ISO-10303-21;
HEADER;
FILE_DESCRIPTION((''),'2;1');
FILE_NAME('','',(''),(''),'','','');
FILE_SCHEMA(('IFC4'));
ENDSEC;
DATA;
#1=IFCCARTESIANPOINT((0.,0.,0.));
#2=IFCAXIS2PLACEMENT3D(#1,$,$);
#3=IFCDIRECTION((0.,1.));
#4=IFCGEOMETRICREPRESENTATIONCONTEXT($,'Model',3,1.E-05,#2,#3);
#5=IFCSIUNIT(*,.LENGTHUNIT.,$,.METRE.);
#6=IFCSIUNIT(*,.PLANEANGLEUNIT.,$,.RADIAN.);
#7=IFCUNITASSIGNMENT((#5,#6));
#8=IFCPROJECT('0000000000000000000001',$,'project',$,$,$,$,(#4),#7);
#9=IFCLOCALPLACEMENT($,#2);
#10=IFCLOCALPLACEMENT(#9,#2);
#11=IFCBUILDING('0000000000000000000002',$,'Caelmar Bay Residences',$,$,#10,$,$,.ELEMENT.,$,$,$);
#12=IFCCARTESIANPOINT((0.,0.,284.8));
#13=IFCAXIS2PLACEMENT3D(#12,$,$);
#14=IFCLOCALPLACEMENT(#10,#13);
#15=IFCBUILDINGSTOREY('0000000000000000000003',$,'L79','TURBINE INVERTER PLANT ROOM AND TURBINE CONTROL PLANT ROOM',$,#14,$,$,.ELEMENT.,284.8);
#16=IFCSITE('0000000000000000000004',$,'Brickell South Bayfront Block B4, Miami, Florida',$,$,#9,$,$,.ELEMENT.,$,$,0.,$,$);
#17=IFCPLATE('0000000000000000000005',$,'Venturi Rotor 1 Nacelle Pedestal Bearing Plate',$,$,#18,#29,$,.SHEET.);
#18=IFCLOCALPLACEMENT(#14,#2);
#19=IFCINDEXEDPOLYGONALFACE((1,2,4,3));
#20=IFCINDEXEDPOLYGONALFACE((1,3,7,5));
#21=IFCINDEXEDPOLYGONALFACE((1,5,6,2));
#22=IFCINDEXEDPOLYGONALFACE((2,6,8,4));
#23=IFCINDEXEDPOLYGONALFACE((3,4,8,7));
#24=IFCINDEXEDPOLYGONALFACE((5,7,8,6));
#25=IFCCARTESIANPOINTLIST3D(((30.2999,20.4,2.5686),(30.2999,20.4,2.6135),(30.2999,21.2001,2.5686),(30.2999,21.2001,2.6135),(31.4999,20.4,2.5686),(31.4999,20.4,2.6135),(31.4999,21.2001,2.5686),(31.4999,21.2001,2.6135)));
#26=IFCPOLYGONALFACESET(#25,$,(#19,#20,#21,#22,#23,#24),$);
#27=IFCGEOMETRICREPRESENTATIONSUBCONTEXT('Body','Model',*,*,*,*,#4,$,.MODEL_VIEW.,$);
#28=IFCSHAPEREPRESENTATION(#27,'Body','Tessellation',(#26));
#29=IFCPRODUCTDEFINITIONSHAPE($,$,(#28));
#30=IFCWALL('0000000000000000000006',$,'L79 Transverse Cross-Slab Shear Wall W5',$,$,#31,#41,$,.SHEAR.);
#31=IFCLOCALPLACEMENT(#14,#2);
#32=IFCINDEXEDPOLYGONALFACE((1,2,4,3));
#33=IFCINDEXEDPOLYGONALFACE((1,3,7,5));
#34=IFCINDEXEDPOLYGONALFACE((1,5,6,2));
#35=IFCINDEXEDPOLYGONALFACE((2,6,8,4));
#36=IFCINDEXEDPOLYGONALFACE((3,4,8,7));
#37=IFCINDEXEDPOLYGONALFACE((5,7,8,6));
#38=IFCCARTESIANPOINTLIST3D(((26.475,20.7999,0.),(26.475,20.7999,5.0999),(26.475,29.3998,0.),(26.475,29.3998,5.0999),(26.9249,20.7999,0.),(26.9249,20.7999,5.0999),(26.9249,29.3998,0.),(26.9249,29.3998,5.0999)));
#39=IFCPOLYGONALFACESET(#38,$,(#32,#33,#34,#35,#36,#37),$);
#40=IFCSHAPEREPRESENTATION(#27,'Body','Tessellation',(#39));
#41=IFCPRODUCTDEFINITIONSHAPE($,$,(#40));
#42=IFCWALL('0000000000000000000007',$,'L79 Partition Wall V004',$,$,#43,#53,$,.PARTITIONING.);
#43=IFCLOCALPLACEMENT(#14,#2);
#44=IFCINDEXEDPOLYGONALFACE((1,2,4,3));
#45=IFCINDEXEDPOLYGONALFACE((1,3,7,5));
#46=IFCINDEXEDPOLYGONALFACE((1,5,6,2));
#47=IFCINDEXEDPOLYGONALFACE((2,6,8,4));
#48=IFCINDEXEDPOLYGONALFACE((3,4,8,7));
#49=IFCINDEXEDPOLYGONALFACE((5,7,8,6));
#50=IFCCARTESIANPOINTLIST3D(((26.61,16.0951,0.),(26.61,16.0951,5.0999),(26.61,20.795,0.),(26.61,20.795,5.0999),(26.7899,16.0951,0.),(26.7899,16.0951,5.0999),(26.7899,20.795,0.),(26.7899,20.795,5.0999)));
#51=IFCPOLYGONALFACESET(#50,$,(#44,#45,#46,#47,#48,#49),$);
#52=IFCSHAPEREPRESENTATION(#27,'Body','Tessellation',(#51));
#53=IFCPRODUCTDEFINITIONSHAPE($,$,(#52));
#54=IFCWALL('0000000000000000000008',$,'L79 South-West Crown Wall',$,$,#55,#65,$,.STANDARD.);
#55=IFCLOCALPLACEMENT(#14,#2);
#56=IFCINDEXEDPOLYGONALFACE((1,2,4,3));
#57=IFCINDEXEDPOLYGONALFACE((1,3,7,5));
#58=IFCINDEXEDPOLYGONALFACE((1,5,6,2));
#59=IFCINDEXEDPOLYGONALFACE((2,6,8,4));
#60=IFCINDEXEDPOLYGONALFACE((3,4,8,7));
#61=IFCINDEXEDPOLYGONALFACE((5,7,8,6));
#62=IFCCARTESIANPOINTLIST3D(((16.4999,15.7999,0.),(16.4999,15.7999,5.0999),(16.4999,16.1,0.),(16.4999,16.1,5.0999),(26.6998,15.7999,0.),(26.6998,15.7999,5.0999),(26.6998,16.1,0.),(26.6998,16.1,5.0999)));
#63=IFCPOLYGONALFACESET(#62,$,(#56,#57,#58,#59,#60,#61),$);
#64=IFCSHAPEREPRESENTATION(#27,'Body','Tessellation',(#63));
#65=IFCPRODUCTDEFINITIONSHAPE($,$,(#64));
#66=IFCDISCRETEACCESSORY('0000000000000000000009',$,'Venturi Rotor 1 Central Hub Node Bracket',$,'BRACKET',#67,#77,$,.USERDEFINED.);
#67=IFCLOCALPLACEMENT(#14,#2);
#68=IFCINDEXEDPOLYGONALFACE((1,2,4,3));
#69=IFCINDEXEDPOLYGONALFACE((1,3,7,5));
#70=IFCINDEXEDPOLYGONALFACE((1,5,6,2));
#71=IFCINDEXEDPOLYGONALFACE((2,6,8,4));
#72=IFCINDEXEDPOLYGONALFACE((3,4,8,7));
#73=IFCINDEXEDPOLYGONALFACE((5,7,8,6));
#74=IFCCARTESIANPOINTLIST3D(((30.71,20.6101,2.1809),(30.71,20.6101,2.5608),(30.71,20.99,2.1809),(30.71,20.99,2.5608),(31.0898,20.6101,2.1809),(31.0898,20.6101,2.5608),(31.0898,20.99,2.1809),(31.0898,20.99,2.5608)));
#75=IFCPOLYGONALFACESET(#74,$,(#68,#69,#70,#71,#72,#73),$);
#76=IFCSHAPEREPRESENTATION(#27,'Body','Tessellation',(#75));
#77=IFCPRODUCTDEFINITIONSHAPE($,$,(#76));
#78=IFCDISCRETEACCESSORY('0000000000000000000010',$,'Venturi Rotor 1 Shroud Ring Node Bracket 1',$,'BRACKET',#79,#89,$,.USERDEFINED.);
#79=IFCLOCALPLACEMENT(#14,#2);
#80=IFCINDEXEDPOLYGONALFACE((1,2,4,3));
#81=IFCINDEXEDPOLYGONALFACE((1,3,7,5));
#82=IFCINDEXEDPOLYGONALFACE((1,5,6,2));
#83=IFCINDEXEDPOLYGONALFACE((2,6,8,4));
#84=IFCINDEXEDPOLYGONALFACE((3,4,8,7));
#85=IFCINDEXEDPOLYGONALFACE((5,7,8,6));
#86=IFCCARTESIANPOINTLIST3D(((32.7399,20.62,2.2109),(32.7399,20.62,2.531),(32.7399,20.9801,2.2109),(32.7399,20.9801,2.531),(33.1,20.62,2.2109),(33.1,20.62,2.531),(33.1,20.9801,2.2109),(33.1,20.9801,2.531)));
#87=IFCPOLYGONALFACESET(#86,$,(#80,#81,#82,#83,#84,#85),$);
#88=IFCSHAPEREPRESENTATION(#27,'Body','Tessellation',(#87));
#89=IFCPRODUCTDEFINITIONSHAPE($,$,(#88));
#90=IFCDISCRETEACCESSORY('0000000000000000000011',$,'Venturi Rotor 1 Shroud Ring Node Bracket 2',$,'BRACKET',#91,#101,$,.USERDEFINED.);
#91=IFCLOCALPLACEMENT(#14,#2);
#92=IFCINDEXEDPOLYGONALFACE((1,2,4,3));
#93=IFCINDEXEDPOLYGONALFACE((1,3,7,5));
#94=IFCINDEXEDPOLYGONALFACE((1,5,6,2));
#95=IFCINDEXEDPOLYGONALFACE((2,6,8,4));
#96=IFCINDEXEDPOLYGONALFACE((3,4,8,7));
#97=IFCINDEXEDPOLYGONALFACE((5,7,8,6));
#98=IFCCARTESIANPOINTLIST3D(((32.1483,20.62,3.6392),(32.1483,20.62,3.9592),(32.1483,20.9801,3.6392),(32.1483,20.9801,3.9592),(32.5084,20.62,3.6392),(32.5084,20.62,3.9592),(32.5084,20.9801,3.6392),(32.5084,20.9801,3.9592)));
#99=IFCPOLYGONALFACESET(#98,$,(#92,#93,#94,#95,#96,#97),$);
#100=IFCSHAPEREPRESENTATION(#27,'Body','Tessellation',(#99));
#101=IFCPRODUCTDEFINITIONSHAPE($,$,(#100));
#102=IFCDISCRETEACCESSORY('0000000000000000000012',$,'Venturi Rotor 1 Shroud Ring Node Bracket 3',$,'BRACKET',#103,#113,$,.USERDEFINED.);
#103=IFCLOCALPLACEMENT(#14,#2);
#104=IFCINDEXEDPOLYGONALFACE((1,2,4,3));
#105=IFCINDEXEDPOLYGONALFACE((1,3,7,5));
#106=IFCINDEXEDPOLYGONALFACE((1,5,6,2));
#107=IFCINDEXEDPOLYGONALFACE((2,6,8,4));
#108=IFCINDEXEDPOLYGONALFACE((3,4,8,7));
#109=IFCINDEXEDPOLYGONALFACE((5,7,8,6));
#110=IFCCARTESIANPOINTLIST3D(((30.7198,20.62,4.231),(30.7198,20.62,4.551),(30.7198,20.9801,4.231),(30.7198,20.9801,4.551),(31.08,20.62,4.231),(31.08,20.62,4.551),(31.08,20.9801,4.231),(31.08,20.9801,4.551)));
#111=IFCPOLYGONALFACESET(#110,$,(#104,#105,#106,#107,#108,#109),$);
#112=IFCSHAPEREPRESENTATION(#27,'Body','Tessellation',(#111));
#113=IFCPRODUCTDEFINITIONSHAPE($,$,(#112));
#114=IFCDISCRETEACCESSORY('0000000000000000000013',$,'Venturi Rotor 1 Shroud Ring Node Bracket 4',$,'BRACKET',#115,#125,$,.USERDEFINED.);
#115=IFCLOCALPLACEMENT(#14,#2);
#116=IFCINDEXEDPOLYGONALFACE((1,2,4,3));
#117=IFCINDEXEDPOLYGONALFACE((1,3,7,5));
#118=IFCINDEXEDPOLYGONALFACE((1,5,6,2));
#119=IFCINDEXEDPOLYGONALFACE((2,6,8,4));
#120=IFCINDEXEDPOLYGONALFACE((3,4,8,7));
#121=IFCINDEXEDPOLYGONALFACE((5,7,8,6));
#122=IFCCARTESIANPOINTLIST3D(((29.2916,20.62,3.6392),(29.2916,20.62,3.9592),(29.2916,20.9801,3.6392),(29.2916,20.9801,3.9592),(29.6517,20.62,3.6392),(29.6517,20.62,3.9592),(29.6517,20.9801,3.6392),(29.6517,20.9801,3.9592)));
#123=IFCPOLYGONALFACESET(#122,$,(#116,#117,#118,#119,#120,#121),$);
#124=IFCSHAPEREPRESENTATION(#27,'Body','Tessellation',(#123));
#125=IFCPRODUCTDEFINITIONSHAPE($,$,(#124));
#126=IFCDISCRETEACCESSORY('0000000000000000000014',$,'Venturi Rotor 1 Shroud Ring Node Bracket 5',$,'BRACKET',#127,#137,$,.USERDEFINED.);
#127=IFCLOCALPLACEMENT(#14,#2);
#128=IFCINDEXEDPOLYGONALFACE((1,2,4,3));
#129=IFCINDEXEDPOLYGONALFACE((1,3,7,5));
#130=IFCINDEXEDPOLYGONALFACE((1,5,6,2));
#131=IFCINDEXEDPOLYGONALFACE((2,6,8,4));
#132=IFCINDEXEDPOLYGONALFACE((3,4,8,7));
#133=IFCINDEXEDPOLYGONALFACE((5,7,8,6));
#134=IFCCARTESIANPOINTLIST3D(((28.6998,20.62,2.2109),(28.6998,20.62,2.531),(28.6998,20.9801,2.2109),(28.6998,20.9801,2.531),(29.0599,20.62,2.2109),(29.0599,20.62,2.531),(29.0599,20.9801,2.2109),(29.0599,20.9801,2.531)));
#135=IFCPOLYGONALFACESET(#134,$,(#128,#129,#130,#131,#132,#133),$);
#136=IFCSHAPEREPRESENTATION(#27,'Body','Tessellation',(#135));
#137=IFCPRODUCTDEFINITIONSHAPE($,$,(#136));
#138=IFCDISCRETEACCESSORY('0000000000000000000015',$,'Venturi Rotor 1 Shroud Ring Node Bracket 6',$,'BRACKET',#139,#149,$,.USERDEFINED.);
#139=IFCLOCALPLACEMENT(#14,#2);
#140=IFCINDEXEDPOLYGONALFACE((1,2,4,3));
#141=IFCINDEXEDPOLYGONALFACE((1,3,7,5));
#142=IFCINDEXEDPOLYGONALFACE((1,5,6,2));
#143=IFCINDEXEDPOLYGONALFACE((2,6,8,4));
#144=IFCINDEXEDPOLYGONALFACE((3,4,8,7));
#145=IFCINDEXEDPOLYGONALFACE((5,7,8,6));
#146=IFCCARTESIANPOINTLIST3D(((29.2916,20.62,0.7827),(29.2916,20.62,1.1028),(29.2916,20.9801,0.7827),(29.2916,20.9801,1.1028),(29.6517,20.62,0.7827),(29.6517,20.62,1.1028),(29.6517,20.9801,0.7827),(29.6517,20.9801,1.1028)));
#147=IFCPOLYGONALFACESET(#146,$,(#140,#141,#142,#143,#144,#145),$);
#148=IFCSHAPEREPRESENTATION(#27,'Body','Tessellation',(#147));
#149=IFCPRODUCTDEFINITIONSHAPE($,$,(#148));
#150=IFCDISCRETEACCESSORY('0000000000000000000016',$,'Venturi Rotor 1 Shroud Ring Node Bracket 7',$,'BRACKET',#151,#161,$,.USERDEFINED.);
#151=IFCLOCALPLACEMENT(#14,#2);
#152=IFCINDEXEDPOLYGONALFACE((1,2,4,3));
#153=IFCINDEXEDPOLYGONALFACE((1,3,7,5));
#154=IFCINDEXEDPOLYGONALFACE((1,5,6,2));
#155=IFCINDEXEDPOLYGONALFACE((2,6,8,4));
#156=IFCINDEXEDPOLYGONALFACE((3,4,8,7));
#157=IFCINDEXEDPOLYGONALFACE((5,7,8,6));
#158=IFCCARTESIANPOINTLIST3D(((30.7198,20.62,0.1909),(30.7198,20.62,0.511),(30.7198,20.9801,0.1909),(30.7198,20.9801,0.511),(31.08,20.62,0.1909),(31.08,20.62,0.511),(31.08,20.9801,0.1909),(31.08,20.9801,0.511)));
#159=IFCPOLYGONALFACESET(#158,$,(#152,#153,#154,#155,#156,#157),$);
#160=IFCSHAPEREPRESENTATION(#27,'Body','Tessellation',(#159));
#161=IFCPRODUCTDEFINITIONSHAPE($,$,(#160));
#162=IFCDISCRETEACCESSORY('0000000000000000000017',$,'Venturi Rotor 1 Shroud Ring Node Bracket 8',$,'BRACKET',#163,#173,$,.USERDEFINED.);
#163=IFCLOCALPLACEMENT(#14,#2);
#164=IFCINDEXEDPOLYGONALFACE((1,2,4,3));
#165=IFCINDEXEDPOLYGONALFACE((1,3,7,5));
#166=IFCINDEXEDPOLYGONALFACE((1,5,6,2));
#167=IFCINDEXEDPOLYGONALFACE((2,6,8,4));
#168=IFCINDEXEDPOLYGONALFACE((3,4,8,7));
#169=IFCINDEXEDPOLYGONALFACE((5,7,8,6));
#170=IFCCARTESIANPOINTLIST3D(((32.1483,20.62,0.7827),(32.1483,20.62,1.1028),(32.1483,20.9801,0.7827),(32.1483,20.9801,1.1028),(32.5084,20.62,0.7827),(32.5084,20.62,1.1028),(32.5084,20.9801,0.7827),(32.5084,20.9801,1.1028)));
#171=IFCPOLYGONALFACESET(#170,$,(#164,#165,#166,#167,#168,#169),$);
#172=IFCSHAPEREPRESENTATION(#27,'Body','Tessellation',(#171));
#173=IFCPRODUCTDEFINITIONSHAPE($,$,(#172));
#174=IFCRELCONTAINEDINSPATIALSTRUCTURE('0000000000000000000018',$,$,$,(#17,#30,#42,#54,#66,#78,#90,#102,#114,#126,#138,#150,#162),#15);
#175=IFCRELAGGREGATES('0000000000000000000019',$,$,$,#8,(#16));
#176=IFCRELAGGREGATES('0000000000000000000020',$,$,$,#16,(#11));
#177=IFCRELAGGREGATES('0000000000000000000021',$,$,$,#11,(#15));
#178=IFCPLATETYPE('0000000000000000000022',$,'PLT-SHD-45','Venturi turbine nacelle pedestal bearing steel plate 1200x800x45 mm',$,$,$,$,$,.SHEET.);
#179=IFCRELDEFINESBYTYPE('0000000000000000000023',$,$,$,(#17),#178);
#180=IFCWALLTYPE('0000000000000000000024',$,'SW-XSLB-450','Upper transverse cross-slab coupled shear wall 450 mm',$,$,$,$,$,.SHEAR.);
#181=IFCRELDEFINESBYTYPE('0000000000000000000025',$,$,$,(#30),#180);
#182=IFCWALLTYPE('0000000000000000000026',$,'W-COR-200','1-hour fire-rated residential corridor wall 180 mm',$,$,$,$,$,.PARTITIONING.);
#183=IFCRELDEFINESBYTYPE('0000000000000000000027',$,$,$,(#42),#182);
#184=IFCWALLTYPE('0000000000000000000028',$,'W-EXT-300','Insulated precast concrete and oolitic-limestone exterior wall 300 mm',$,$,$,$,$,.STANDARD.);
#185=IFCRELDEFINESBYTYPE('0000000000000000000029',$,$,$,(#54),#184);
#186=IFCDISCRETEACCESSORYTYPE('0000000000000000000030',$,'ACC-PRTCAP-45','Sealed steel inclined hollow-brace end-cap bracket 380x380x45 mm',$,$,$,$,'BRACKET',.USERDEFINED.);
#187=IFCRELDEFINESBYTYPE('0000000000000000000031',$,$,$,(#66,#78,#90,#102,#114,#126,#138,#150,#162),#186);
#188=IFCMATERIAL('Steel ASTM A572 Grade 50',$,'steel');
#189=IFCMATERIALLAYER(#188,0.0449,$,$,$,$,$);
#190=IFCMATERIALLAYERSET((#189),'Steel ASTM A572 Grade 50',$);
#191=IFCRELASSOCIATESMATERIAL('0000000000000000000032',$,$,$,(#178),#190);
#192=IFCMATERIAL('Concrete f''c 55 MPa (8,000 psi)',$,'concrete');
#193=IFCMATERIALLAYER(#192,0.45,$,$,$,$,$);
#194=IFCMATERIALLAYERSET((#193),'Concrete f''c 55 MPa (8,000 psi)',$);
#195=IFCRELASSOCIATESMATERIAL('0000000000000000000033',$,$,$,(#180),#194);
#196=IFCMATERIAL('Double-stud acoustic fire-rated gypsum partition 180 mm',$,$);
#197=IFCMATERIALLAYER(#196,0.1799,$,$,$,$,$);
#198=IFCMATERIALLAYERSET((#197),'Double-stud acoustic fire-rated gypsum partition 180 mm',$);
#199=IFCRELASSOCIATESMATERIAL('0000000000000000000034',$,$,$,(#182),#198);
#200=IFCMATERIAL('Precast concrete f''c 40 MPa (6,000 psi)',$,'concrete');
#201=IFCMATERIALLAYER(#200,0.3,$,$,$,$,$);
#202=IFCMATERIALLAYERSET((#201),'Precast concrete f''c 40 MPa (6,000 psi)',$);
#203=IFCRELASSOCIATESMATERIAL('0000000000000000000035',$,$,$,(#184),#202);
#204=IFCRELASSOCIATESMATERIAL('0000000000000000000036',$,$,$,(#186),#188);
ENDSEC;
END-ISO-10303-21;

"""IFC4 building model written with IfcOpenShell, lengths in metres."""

from ifc_helpers import new_model, si_unit, direction, frame, frame_2d, origin, origin_2d, place, context, subcontext, project, spatial, rectangle, extrude, material, layer, layer_set, type_object, element, save


model = new_model("IFC4")

# Units and contexts
model_context = context("Model", 3, precision=1e-05, world=origin(), true_north=direction((0.0, 1.0)))
body_context = subcontext(model_context, "Body", "Model", "MODEL_VIEW")
ifc_project = project(units=[si_unit("LENGTHUNIT", "METRE"), si_unit("PLANEANGLEUNIT", "RADIAN")], contexts=[model_context])

# Site, building, storey
site_placement = place(None, origin())
site = spatial("IfcSite", under=ifc_project, at=site_placement, Name="Brickell South Bayfront Block B4, Miami, Florida", CompositionType="ELEMENT", RefElevation=0.0)
building_placement = place(site_placement, origin())
building = spatial("IfcBuilding", under=site, at=building_placement, Name="Caelmar Bay Residences", CompositionType="ELEMENT")
storey_placement = place(building_placement, frame((0.0, 0.0, 284.8)))
storey = spatial("IfcBuildingStorey", under=building, at=storey_placement, Name="L79", Description="TURBINE INVERTER PLANT ROOM AND TURBINE CONTROL PLANT ROOM", CompositionType="ELEMENT", Elevation=284.8)

# Shared definitions
ifc_material_1 = material(Name="Concrete f'c 55 MPa (8,000 psi)", Category="concrete")

# Plate
ifc_material_2 = material(Name="Steel ASTM A572 Grade 50", Category="steel")
ifc_layer_1 = layer(ifc_material_2, 0.0449)
ifc_layer_set_1 = layer_set([ifc_layer_1], Name="Steel ASTM A572 Grade 50")
plate_type_1 = type_object("IfcPlateType", Name="PLT-SHD-45", Description="Venturi turbine nacelle pedestal bearing steel plate 1200x800x45 mm", PredefinedType="SHEET", material=ifc_layer_set_1)
plate_placement = place(storey_placement, frame((30.8999, 20.8, 2.5686), z_axis=(0.0, 0.0, 1.0), x_axis=(1.0, 0.0, 0.0)))
element("IfcPlate", 1, at=plate_placement, inside=storey, type_object=plate_type_1, Name="Venturi Rotor 1 Nacelle Pedestal Bearing Plate", PredefinedType="SHEET", context=body_context, shape_type="SweptSolid", body=[
    extrude(rectangle(XDim=1.2, YDim=0.8, at=origin_2d()), origin(), (0.0, 0.0, 1.0), 0.0449),
])

# Walls
ifc_layer_2 = layer(ifc_material_1, 0.45)
ifc_layer_set_2 = layer_set([ifc_layer_2], Name="Concrete f'c 55 MPa (8,000 psi)")
wall_type_1 = type_object("IfcWallType", Name="SW-XSLB-450", Description="Upper transverse cross-slab coupled shear wall 450 mm", PredefinedType="SHEAR", material=ifc_layer_set_2)
wall_1_placement = place(storey_placement, frame((26.7, 20.8, 0.0), z_axis=(0.0, 0.0, 1.0), x_axis=(0.0, 1.0, 0.0)))
element("IfcWall", 2, at=wall_1_placement, inside=storey, type_object=wall_type_1, Name="L79 Transverse Cross-Slab Shear Wall W5", PredefinedType="SHEAR", context=body_context, shape_type="SweptSolid", body=[
    extrude(rectangle(XDim=8.5999, YDim=0.45, at=frame_2d((4.2998, 0.0))), origin(), (0.0, 0.0, 1.0), 5.0999),
])
ifc_material_3 = material(Name="Double-stud acoustic fire-rated gypsum partition 180 mm")
ifc_layer_3 = layer(ifc_material_3, 0.1799)
ifc_layer_set_3 = layer_set([ifc_layer_3], Name="Double-stud acoustic fire-rated gypsum partition 180 mm")
wall_type_2 = type_object("IfcWallType", Name="W-COR-200", Description="1-hour fire-rated residential corridor wall 180 mm", PredefinedType="PARTITIONING", material=ifc_layer_set_3)
wall_2_placement = place(storey_placement, frame((26.7, 16.095, 0.0), z_axis=(0.0, 0.0, 1.0), x_axis=(0.0, 1.0, 0.0)))
element("IfcWall", 3, at=wall_2_placement, inside=storey, type_object=wall_type_2, Name="L79 Partition Wall V004", PredefinedType="PARTITIONING", context=body_context, shape_type="SweptSolid", body=[
    extrude(rectangle(XDim=4.7, YDim=0.1799, at=frame_2d((2.3501, 0.0))), origin(), (0.0, 0.0, 1.0), 5.0999),
])
ifc_material_4 = material(Name="Precast concrete f'c 40 MPa (6,000 psi)", Category="concrete")
ifc_layer_4 = layer(ifc_material_4, 0.3)
ifc_layer_set_4 = layer_set([ifc_layer_4], Name="Precast concrete f'c 40 MPa (6,000 psi)")
wall_type_3 = type_object("IfcWallType", Name="W-EXT-300", Description="Insulated precast concrete and oolitic-limestone exterior wall 300 mm", PredefinedType="STANDARD", material=ifc_layer_set_4)
wall_3_placement = place(storey_placement, frame((26.7, 15.95, 0.0), z_axis=(0.0, 0.0, 1.0), x_axis=(-1.0, 0.0, 0.0)))
element("IfcWall", 4, at=wall_3_placement, inside=storey, type_object=wall_type_3, Name="L79 South-West Crown Wall", PredefinedType="STANDARD", context=body_context, shape_type="SweptSolid", body=[
    extrude(rectangle(XDim=10.2, YDim=0.3, at=frame_2d((5.1001, 0.0))), origin(), (0.0, 0.0, 1.0), 5.0999),
])

# Discrete accessories
discrete_accessory_type = type_object("IfcDiscreteAccessoryType", Name="ACC-PRTCAP-45", Description="Sealed steel inclined hollow-brace end-cap bracket 380x380x45 mm", ElementType="BRACKET", PredefinedType="USERDEFINED", material=ifc_material_2)
discrete_accessory_placement = place(storey_placement, frame((30.8999, 20.8, 2.1809), z_axis=(0.0, 0.0, 1.0), x_axis=(1.0, 0.0, 0.0)))
element("IfcDiscreteAccessory", 5, at=discrete_accessory_placement, inside=storey, type_object=discrete_accessory_type, Name="Venturi Rotor 1 Central Hub Node Bracket", ObjectType="BRACKET", PredefinedType="USERDEFINED", context=body_context, shape_type="SweptSolid", body=[
    extrude(rectangle(XDim=0.3799, YDim=0.3799, at=origin_2d()), origin(), (0.0, 0.0, 1.0), 0.3799),
])
for number, where, z_axis, x_axis, name in (
    (6, (32.9199, 20.8, 2.2109), (0.0, 0.0, 1.0), (1.0, 0.0, 0.0), "Venturi Rotor 1 Shroud Ring Node Bracket 1"),
    (7, (32.3284, 20.8, 3.6392), (0.0, 0.0, 1.0), (1.0, 0.0, 0.0), "Venturi Rotor 1 Shroud Ring Node Bracket 2"),
    (8, (30.8999, 20.8, 4.231), (0.0, 0.0, 1.0), (1.0, 0.0, 0.0), "Venturi Rotor 1 Shroud Ring Node Bracket 3"),
    (9, (29.4717, 20.8, 3.6392), (0.0, 0.0, 1.0), (1.0, 0.0, 0.0), "Venturi Rotor 1 Shroud Ring Node Bracket 4"),
    (10, (28.8799, 20.8, 2.2109), (0.0, 0.0, 1.0), (1.0, 0.0, 0.0), "Venturi Rotor 1 Shroud Ring Node Bracket 5"),
    (11, (29.4717, 20.8, 0.7827), (0.0, 0.0, 1.0), (1.0, 0.0, 0.0), "Venturi Rotor 1 Shroud Ring Node Bracket 6"),
    (12, (30.8999, 20.8, 0.1909), (0.0, 0.0, 1.0), (1.0, 0.0, 0.0), "Venturi Rotor 1 Shroud Ring Node Bracket 7"),
    (13, (32.3284, 20.8, 0.7827), (0.0, 0.0, 1.0), (1.0, 0.0, 0.0), "Venturi Rotor 1 Shroud Ring Node Bracket 8"),
):
    element("IfcDiscreteAccessory", number, at=place(storey_placement, frame(where, z_axis=z_axis, x_axis=x_axis)), inside=storey, type_object=discrete_accessory_type, Name=name, ObjectType="BRACKET", PredefinedType="USERDEFINED", context=body_context, shape_type="SweptSolid", body=[
        extrude(rectangle(XDim=0.3601, YDim=0.3601, at=origin_2d()), origin(), (0.0, 0.0, 1.0), 0.3201),
    ])

save(model, "model.ifc")
